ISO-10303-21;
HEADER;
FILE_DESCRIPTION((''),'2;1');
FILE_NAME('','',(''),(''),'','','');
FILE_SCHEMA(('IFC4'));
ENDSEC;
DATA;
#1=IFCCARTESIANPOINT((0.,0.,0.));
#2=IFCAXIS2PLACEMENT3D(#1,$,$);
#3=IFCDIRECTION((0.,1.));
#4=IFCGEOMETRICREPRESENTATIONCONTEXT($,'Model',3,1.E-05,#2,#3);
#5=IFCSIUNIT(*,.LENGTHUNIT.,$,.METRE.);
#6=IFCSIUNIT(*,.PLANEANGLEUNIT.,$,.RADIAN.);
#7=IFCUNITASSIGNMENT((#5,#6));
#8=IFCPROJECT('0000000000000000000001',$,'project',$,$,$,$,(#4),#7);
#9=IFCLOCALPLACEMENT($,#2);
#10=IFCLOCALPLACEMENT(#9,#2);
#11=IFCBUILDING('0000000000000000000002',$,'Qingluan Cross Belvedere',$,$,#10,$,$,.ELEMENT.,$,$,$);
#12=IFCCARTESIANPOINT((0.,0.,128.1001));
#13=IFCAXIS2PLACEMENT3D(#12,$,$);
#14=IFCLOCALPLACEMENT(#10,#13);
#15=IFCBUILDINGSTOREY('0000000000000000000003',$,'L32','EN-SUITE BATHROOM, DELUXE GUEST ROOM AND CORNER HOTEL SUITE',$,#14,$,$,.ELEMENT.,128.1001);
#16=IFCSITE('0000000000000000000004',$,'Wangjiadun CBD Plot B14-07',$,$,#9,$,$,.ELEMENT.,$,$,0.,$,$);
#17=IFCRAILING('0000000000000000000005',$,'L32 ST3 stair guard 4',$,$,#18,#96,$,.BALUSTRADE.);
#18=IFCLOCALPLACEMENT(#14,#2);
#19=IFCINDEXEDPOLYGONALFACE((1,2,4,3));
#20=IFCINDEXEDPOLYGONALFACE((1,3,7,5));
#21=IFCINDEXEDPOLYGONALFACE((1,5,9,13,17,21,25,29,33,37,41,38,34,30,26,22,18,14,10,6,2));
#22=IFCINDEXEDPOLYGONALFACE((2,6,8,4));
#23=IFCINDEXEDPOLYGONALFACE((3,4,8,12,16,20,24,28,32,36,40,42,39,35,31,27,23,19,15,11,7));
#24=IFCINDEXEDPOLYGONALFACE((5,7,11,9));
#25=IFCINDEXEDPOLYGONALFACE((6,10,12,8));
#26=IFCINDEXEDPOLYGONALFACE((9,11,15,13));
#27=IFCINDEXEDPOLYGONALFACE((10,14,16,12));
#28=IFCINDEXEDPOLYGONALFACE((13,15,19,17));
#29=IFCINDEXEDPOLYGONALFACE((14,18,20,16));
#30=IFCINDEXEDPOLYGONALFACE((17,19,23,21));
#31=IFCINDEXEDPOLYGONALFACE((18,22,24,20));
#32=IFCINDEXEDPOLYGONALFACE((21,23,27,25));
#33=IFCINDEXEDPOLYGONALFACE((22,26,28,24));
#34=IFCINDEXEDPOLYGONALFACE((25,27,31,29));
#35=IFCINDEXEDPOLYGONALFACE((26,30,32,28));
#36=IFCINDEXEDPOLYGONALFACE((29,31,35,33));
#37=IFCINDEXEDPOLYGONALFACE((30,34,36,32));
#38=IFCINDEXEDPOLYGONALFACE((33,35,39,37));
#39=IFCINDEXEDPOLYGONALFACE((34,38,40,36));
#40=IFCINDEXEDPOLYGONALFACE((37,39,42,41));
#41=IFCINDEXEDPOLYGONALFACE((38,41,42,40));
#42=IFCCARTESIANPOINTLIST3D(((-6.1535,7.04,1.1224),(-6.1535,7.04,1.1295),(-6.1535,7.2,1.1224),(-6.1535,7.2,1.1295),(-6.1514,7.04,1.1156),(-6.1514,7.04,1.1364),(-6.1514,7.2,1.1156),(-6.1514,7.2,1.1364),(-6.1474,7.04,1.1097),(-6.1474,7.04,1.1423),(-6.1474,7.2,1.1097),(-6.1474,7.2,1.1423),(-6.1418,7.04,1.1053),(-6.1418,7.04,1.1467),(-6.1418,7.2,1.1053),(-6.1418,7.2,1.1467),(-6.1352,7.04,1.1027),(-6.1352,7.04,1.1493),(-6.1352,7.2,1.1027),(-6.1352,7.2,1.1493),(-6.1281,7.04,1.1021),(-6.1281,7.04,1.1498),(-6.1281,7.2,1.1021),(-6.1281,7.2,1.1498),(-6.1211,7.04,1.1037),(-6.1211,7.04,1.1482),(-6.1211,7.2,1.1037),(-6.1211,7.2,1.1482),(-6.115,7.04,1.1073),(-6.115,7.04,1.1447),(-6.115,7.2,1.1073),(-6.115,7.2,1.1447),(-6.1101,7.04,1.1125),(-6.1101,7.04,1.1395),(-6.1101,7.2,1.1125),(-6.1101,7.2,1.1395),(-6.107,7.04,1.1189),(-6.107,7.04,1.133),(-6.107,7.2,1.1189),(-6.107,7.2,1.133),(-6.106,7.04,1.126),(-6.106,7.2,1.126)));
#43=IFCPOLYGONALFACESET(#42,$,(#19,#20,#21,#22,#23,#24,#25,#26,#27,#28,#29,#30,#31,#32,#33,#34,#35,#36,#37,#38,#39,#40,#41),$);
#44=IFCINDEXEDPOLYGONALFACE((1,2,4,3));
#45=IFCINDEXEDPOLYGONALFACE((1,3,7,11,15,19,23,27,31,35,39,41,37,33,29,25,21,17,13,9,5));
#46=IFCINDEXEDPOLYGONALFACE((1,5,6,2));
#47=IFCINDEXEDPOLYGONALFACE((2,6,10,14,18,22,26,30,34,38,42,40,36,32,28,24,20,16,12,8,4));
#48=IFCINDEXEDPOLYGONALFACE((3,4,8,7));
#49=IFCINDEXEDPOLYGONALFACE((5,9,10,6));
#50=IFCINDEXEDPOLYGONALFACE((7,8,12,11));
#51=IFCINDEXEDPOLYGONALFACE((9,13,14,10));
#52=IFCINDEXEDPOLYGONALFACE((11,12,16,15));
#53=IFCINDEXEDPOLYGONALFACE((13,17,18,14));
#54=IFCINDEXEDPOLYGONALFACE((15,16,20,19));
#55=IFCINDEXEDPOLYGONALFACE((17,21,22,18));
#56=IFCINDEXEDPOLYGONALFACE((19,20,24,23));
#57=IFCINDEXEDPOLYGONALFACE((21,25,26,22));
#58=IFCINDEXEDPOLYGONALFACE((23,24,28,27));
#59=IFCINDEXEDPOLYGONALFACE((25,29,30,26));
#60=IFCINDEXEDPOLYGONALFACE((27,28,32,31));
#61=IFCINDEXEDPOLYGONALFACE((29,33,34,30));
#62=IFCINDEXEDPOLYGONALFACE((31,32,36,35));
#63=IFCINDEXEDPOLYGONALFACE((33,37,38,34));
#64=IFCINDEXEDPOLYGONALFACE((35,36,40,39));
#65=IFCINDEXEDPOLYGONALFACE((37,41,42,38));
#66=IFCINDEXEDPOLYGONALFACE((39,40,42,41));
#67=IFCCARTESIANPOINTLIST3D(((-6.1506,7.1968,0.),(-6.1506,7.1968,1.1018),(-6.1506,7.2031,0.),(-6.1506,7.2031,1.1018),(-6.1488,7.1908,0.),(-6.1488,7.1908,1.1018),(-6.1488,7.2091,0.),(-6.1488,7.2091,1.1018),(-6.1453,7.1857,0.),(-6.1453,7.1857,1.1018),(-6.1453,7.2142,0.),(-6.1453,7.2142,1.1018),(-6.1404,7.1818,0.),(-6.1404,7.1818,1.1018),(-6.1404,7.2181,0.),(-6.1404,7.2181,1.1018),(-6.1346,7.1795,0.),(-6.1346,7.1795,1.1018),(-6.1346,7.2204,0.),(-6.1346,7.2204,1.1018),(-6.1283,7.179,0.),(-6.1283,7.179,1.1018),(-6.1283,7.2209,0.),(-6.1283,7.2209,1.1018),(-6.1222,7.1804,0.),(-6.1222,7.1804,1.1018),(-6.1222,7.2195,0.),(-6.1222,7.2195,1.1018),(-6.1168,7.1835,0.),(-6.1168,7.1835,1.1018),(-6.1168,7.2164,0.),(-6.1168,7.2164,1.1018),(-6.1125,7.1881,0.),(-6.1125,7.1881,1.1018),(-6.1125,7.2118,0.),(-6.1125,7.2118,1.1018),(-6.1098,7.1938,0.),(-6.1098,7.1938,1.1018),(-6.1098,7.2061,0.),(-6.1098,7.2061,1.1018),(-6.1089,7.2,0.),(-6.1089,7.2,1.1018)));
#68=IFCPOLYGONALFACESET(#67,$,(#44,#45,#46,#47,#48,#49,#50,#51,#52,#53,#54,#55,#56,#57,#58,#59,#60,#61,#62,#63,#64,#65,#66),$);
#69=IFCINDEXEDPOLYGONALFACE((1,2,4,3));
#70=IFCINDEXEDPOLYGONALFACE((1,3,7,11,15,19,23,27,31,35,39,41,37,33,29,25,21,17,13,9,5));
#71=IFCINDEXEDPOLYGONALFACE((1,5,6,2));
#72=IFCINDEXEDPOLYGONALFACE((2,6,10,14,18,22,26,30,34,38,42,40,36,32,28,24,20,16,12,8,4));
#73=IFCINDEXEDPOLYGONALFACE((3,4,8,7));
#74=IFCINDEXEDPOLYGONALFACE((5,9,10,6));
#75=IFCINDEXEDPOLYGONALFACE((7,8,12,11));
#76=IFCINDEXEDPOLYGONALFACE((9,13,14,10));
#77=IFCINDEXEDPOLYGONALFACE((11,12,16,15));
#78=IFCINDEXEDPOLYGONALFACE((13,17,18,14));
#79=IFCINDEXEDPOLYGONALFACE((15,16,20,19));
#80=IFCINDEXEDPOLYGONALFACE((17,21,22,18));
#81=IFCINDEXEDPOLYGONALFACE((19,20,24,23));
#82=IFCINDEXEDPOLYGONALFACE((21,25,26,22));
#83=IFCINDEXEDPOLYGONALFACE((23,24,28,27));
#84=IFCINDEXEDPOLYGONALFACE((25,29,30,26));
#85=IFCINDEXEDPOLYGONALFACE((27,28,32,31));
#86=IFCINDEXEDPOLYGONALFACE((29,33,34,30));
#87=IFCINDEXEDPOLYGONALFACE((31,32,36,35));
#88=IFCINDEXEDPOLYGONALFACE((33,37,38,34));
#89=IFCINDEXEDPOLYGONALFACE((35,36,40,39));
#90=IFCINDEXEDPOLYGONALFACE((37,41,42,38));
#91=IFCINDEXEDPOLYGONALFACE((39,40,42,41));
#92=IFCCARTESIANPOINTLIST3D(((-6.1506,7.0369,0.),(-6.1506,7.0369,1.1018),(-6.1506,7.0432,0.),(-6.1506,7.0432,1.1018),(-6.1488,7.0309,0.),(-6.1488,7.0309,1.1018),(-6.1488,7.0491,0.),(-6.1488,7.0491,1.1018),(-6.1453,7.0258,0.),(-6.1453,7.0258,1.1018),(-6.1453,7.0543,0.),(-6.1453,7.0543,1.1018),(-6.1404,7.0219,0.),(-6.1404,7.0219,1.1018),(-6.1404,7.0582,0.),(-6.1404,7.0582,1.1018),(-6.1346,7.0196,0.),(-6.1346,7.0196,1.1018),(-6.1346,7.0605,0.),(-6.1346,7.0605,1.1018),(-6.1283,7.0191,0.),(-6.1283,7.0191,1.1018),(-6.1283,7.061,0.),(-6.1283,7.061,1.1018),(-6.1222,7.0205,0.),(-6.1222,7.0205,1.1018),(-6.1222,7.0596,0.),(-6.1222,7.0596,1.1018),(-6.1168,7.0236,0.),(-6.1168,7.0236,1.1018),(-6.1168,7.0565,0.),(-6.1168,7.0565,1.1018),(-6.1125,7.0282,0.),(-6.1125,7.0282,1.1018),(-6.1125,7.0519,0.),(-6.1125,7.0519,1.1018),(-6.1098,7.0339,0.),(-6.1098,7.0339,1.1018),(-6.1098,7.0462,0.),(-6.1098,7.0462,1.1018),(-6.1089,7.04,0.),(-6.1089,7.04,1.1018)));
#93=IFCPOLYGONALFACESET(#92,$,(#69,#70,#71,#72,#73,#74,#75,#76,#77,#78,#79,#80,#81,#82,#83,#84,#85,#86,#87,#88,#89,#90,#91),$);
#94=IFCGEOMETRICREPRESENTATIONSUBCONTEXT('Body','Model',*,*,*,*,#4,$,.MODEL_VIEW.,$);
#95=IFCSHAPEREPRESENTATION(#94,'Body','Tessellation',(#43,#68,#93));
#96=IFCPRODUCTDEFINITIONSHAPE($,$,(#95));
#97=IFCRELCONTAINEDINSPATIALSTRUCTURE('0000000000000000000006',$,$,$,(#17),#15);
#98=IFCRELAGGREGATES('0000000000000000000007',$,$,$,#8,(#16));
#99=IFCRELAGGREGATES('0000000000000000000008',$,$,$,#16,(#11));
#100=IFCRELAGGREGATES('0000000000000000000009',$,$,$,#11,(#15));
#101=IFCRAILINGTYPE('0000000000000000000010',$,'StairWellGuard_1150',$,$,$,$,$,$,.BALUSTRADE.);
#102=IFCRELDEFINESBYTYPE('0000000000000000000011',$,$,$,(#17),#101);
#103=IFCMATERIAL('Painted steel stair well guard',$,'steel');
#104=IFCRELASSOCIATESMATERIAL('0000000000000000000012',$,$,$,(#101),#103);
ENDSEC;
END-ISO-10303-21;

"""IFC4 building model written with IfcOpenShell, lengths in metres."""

from ifc_helpers import new_model, si_unit, direction, frame, origin, origin_2d, place, context, subcontext, project, spatial, circle, extrude, material, type_object, element, save


model = new_model("IFC4")

# Units and contexts
model_context = context("Model", 3, precision=1e-05, world=origin(), true_north=direction((0.0, 1.0)))
body_context = subcontext(model_context, "Body", "Model", "MODEL_VIEW")
ifc_project = project(units=[si_unit("LENGTHUNIT", "METRE"), si_unit("PLANEANGLEUNIT", "RADIAN")], contexts=[model_context])

# Site, building, storey
site_placement = place(None, origin())
site = spatial("IfcSite", under=ifc_project, at=site_placement, Name="Wangjiadun CBD Plot B14-07", CompositionType="ELEMENT", RefElevation=0.0)
building_placement = place(site_placement, origin())
building = spatial("IfcBuilding", under=site, at=building_placement, Name="Qingluan Cross Belvedere", CompositionType="ELEMENT")
storey_placement = place(building_placement, frame((0.0, 0.0, 128.1001)))
storey = spatial("IfcBuildingStorey", under=building, at=storey_placement, Name="L32", Description="EN-SUITE BATHROOM, DELUXE GUEST ROOM AND CORNER HOTEL SUITE", CompositionType="ELEMENT", Elevation=128.1001)

# Railing
ifc_material_1 = material(Name="Painted steel stair well guard", Category="steel")
railing_type_1 = type_object("IfcRailingType", Name="StairWellGuard_1150", PredefinedType="BALUSTRADE", material=ifc_material_1)
railing_1_placement = place(storey_placement, frame((-6.1299, 7.2, 0.0)))
element("IfcRailing", 1, at=railing_1_placement, inside=storey, type_object=railing_type_1, Name="L32 ST3 stair guard 4", PredefinedType="BALUSTRADE", context=body_context, shape_type="SweptSolid", body=[
    extrude(circle(Radius=0.0239, at=origin_2d()), frame((0.0, 0.0, 1.126), z_axis=(0.0, -1.0, 0.0), x_axis=(1.0, 0.0, 0.0)), (0.0, 0.0, 1.0), 0.1599),
    extrude(circle(Radius=0.021, at=origin_2d()), origin(), (0.0, 0.0, 1.0), 1.1018),
    extrude(circle(Radius=0.021, at=origin_2d()), frame((0.0, -0.1599, 0.0)), (0.0, 0.0, 1.0), 1.1018),
])

save(model, "model.ifc")
